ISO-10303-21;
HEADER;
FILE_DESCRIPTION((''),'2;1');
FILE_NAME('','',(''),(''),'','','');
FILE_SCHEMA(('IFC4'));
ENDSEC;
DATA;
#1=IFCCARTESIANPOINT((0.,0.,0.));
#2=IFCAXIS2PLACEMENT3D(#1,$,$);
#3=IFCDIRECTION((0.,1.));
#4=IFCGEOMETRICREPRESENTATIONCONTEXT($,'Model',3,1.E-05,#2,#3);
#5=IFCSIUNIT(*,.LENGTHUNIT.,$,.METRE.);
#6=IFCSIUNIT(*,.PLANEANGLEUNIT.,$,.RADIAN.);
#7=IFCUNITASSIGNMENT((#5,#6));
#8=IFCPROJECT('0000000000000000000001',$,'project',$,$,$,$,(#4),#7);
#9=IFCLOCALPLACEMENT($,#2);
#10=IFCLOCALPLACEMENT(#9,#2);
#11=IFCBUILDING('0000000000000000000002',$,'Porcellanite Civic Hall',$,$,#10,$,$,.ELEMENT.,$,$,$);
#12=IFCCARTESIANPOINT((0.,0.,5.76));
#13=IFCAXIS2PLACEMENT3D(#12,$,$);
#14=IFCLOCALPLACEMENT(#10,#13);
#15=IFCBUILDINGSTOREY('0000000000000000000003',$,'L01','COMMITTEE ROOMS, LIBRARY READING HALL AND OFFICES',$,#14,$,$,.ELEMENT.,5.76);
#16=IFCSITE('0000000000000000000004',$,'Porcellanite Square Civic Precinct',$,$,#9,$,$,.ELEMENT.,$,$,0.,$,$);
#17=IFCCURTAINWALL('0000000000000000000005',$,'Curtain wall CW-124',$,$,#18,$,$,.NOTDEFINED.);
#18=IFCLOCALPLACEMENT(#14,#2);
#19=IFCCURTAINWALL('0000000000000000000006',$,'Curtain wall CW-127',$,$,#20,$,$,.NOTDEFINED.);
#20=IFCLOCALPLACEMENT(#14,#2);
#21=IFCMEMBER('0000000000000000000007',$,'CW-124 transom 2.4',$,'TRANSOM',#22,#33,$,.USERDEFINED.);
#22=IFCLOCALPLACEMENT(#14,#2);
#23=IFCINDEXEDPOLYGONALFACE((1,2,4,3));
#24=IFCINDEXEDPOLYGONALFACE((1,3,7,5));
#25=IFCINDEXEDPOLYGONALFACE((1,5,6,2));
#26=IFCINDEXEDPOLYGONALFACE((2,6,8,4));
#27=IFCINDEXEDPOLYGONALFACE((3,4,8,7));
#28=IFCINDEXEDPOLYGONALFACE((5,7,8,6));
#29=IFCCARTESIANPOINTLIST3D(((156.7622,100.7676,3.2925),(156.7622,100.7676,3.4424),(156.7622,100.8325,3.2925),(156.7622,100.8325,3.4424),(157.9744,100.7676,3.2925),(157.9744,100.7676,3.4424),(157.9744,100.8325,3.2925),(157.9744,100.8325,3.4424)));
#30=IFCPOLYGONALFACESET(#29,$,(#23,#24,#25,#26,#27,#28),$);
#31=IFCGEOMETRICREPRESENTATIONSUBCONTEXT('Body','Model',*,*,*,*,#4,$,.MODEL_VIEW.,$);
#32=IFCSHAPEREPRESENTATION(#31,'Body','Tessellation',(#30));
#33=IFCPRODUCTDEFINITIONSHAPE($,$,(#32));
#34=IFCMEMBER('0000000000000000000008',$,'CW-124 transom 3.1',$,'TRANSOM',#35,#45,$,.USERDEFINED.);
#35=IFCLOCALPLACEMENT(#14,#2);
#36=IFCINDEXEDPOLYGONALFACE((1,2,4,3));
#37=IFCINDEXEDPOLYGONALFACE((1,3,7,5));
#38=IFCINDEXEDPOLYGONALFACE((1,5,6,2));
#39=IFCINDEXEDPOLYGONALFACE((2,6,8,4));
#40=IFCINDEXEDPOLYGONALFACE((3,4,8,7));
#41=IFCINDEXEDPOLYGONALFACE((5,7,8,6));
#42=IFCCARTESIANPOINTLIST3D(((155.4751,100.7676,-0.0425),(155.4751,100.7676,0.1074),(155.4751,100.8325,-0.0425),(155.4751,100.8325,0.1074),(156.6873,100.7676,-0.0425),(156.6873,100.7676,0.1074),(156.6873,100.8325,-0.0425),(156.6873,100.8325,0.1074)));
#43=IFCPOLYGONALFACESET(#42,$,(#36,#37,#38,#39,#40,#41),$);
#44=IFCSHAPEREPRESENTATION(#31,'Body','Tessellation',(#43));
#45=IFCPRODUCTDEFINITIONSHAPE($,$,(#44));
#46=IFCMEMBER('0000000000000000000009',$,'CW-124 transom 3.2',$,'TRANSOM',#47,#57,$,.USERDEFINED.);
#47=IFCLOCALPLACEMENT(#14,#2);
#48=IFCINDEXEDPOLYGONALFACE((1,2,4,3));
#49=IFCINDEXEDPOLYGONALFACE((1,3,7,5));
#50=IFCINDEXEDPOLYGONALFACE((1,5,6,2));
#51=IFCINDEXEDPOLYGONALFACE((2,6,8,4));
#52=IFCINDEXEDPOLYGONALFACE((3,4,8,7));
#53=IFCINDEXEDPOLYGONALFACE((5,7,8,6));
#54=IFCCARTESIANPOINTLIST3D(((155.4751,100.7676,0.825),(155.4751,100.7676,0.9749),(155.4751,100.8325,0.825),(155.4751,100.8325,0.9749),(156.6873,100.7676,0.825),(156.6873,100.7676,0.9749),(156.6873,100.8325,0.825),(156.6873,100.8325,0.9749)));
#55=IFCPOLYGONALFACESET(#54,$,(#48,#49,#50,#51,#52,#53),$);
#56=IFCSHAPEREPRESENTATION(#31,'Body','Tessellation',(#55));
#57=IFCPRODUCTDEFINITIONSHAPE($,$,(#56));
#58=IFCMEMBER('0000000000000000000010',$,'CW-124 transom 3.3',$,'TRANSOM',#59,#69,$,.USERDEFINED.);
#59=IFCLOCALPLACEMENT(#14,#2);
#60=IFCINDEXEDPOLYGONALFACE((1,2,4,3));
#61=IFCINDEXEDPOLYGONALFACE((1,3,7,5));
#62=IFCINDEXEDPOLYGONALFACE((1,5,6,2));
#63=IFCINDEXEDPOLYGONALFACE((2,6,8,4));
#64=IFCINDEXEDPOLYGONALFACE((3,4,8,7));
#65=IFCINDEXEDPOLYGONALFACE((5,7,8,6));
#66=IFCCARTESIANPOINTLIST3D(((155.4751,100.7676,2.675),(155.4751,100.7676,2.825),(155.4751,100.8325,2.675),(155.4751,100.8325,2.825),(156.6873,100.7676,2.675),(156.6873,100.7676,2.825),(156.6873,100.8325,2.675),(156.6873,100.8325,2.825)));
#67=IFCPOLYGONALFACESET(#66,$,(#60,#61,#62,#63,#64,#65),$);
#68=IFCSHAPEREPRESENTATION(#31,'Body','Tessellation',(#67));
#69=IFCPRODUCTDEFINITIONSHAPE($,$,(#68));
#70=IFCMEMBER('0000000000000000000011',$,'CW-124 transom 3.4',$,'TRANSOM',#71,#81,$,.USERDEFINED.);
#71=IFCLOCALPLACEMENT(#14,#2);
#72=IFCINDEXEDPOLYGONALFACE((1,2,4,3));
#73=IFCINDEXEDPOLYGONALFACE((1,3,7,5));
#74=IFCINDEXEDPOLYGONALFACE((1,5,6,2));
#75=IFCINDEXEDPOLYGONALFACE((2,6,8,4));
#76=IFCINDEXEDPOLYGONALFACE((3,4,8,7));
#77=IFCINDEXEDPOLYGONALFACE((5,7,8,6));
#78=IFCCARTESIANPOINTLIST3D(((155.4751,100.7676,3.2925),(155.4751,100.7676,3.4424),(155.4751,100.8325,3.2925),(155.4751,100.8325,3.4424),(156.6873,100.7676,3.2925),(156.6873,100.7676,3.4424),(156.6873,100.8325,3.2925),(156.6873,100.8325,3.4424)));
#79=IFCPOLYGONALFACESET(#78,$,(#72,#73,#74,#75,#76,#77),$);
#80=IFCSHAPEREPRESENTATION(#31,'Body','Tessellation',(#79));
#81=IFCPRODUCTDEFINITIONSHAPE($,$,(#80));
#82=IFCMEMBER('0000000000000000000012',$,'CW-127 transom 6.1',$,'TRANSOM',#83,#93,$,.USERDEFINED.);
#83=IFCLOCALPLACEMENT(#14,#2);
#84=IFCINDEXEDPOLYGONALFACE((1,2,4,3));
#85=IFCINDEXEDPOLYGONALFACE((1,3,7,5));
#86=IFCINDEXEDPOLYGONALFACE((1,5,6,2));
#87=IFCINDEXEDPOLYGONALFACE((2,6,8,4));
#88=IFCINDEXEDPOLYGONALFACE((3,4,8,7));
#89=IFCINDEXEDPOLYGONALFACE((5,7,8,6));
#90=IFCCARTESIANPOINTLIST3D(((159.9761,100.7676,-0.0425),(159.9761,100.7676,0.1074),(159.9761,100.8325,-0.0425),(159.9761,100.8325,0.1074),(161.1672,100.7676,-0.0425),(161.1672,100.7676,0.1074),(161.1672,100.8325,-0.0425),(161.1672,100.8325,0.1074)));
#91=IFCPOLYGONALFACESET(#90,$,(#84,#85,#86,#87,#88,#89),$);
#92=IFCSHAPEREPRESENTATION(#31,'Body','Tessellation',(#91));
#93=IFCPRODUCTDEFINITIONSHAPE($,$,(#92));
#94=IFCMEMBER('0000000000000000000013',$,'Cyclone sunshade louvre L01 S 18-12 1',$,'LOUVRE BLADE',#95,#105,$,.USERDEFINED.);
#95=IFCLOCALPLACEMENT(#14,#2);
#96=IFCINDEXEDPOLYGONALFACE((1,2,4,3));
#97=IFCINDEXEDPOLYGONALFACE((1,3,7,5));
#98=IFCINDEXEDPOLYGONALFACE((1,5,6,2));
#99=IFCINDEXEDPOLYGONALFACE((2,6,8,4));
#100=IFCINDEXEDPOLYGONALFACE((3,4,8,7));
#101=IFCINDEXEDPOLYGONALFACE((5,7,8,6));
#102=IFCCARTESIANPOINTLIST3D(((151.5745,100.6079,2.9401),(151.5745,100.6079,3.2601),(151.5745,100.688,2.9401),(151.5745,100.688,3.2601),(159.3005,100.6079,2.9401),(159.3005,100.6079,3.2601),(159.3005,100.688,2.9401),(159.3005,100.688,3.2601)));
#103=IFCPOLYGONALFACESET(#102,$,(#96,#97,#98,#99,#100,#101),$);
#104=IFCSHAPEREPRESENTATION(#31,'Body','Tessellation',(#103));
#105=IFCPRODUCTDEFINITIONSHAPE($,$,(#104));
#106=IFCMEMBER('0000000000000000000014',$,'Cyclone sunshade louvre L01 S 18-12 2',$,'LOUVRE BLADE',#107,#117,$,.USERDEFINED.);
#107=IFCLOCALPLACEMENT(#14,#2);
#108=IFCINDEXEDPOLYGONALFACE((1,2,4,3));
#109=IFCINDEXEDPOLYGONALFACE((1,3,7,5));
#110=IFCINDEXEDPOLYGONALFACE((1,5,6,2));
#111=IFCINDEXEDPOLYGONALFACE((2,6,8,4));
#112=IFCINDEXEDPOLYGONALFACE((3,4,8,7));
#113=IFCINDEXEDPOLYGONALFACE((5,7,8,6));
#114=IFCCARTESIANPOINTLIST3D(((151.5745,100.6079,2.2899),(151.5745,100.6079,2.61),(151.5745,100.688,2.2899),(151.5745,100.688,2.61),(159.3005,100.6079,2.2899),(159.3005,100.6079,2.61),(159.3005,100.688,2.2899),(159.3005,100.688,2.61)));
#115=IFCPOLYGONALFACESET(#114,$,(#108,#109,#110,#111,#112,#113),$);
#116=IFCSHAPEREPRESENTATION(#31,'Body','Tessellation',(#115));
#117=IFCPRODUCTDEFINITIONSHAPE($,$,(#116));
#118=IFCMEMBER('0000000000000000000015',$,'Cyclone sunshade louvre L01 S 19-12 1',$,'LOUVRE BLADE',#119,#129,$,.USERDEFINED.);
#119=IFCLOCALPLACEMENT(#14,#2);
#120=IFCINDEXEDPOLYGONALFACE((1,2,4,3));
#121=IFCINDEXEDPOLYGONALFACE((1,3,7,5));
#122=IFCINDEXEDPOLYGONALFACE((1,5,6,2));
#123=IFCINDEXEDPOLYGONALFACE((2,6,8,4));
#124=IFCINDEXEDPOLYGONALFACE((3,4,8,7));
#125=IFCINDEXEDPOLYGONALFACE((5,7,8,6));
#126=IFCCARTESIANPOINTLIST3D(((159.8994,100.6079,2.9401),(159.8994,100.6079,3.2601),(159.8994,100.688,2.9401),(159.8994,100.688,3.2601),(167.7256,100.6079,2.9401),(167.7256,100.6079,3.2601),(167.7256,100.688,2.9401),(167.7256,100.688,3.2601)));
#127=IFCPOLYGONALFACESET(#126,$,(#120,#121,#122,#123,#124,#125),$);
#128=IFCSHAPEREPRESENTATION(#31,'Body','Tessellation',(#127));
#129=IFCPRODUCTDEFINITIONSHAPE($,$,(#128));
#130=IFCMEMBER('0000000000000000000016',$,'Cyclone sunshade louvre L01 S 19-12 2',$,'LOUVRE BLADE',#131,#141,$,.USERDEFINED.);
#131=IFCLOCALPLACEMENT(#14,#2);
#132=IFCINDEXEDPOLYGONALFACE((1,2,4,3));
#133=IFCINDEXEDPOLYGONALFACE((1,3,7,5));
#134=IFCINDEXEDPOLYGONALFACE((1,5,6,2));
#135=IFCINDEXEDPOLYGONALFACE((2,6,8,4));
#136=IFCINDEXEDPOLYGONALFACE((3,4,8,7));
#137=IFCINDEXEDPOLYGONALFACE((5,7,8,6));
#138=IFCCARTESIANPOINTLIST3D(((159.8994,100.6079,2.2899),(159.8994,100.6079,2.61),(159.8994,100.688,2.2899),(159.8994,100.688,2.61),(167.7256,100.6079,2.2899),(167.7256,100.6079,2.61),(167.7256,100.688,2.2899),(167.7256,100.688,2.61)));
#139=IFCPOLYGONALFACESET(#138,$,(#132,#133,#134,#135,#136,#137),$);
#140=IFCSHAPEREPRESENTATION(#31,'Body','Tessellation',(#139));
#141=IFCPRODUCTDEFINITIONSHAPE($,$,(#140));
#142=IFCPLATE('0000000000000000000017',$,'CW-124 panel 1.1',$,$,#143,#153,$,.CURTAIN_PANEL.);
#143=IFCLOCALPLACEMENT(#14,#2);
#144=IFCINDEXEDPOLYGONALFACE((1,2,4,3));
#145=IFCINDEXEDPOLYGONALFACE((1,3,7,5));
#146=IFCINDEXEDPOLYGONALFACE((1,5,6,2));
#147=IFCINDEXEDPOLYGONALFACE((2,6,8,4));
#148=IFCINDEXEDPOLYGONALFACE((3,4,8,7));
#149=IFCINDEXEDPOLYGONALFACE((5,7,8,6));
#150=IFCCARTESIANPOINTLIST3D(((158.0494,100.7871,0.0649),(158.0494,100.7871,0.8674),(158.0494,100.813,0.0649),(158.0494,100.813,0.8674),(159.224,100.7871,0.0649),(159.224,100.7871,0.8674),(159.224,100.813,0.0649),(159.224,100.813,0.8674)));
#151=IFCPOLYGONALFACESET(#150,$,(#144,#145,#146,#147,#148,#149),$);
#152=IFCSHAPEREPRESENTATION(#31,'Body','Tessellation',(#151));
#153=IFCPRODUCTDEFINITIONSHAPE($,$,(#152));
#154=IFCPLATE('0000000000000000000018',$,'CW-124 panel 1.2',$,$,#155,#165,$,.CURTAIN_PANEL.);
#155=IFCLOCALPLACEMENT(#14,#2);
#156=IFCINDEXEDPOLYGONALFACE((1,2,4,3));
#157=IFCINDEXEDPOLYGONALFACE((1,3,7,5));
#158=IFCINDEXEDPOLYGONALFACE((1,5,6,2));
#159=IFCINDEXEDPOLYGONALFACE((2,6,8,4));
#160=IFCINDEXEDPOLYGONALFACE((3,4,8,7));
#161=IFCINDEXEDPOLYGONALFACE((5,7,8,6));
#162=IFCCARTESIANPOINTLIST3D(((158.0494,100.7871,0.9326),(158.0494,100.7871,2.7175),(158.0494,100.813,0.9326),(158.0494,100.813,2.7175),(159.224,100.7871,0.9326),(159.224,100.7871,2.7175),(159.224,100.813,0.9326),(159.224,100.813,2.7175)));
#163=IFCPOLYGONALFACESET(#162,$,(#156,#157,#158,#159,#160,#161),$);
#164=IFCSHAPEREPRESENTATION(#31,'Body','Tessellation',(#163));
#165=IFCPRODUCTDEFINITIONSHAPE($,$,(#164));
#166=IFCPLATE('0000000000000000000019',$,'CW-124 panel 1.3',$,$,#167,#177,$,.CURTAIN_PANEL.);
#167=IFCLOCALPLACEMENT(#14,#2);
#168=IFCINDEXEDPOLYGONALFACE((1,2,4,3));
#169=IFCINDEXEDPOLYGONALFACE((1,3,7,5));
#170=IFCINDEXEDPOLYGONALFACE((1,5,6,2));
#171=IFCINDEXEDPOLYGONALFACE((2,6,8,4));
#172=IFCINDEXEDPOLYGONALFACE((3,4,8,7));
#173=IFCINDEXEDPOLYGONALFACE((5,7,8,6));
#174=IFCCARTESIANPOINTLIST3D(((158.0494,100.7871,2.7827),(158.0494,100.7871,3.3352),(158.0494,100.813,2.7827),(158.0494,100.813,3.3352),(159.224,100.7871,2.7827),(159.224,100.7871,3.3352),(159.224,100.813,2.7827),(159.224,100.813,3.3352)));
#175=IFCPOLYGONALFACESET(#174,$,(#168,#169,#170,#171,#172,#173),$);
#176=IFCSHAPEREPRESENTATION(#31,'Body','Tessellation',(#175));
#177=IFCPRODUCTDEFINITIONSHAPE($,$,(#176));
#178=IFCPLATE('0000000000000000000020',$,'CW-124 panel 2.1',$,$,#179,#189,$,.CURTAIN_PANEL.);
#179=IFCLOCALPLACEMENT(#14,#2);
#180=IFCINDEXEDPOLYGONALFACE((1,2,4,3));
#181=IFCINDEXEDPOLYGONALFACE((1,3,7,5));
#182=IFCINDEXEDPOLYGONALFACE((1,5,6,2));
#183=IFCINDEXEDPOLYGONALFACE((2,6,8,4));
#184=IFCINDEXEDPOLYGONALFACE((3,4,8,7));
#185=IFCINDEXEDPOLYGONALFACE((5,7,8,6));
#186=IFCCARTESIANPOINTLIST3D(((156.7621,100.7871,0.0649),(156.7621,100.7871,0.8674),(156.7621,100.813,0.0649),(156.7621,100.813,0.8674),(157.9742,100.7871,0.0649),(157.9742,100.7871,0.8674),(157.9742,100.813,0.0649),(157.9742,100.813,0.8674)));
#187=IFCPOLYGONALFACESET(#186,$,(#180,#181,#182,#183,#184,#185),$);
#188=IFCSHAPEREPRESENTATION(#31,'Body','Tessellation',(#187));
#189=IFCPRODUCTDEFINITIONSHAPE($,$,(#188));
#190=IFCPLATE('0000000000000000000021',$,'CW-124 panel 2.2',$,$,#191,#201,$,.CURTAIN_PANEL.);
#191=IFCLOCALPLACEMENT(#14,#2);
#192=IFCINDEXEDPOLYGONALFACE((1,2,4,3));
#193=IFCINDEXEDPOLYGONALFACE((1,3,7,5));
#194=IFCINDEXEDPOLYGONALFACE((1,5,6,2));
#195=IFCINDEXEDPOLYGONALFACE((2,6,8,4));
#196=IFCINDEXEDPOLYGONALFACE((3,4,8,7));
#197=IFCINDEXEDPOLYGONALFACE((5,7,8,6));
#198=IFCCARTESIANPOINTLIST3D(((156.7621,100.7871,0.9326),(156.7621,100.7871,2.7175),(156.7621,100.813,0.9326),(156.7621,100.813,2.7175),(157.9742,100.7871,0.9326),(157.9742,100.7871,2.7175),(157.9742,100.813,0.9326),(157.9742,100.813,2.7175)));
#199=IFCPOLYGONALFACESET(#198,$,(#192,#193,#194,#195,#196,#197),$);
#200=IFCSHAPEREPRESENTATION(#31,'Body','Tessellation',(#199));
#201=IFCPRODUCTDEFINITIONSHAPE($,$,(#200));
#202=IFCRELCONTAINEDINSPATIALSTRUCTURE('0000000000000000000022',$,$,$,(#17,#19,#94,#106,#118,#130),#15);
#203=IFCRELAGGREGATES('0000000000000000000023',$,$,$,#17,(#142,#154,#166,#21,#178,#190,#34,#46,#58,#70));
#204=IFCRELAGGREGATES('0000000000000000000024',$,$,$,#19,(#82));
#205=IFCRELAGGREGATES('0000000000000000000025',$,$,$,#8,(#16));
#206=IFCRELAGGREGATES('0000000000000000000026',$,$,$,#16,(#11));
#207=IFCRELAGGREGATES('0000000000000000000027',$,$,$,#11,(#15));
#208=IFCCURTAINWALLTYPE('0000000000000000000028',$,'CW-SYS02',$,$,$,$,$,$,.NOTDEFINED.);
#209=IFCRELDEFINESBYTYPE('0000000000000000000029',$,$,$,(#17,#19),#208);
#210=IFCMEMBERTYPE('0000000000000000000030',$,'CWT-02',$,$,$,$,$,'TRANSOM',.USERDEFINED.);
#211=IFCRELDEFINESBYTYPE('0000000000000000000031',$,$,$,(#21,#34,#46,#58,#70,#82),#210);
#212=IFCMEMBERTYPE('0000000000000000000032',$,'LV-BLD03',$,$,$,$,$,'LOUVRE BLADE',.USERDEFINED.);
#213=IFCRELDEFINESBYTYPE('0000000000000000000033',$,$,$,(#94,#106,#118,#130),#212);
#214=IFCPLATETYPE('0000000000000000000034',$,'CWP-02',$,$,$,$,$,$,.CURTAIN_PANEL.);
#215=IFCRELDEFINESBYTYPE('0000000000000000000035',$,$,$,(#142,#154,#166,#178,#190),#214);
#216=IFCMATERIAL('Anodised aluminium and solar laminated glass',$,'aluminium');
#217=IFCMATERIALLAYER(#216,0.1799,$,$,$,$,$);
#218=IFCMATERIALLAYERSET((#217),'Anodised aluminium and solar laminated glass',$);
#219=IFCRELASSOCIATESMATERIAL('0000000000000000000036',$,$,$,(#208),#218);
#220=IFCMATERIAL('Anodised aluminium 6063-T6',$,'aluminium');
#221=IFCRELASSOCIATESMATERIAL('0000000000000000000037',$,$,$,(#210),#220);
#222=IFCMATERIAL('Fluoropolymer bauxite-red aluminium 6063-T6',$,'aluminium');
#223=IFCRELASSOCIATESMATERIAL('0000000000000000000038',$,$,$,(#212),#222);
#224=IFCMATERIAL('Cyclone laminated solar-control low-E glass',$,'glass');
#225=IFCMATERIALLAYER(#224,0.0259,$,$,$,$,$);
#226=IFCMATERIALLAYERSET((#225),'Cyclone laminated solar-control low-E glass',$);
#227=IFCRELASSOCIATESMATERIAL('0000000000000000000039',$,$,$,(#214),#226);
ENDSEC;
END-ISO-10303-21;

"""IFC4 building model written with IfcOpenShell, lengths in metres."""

from ifc_helpers import new_model, si_unit, direction, frame, origin, origin_2d, place, context, subcontext, project, spatial, rectangle, extrude, material, layer, layer_set, material_profile, profile_set, type_object, element, aggregate, save


model = new_model("IFC4")

# Units and contexts
model_context = context("Model", 3, precision=1e-05, world=origin(), true_north=direction((0.0, 1.0)))
body_context = subcontext(model_context, "Body", "Model", "MODEL_VIEW")
ifc_project = project(units=[si_unit("LENGTHUNIT", "METRE"), si_unit("PLANEANGLEUNIT", "RADIAN")], contexts=[model_context])

# Site, building, storey
site_placement = place(None, origin())
site = spatial("IfcSite", under=ifc_project, at=site_placement, Name="Porcellanite Square Civic Precinct", CompositionType="ELEMENT", RefElevation=0.0)
building_placement = place(site_placement, origin())
building = spatial("IfcBuilding", under=site, at=building_placement, Name="Porcellanite Civic Hall", CompositionType="ELEMENT")
storey_placement = place(building_placement, frame((0.0, 0.0, 5.76)))
storey = spatial("IfcBuildingStorey", under=building, at=storey_placement, Name="L01", Description="COMMITTEE ROOMS, LIBRARY READING HALL AND OFFICES", CompositionType="ELEMENT", Elevation=5.76)

# Curtain wall
ifc_material_1 = material(Name="Anodised aluminium and solar laminated glass", Category="aluminium")
ifc_layer_1 = layer(ifc_material_1, 0.1799)
ifc_layer_set_1 = layer_set([ifc_layer_1], Name="Anodised aluminium and solar laminated glass")
curtain_wall_type = type_object("IfcCurtainWallType", Name="CW-SYS02", PredefinedType="NOTDEFINED", material=ifc_layer_set_1)
curtain_wall_1_placement = place(storey_placement, origin())
curtain_wall_1 = element("IfcCurtainWall", 1, at=curtain_wall_1_placement, inside=storey, type_object=curtain_wall_type, Name="Curtain wall CW-124", PredefinedType="NOTDEFINED")

# Curtain wall
curtain_wall_2_placement = place(storey_placement, origin())
curtain_wall_2 = element("IfcCurtainWall", 2, at=curtain_wall_2_placement, inside=storey, type_object=curtain_wall_type, Name="Curtain wall CW-127", PredefinedType="NOTDEFINED")

# Members
ifc_material_2 = material(Name="Anodised aluminium 6063-T6", Category="aluminium")
ifc_material_profile_1 = material_profile(ifc_material_2, rectangle(XDim=0.0649, YDim=0.1499, at=origin_2d()), Name="AL-65x150")
ifc_profile_set_1 = profile_set([ifc_material_profile_1], Name="Anodised aluminium 6063-T6")
member_type_1 = type_object("IfcMemberType", Name="CWT-02", ElementType="TRANSOM", PredefinedType="USERDEFINED", material=ifc_profile_set_1)
member_1_placement = place(storey_placement, frame((157.9744, 100.8, 3.3674), z_axis=(-1.0, 0.0, 0.0), x_axis=(0.0, -1.0, 0.0)))
member_1 = element("IfcMember", 3, at=member_1_placement, type_object=member_type_1, Name="CW-124 transom 2.4", ObjectType="TRANSOM", PredefinedType="USERDEFINED", context=body_context, shape_type="SweptSolid", body=[
    extrude(rectangle(XDim=0.0649, YDim=0.1499, at=origin_2d()), origin(), (0.0, 0.0, 1.0), 1.2122),
])
member_2_placement = place(storey_placement, frame((156.6873, 100.8, 0.0325), z_axis=(-1.0, 0.0, 0.0), x_axis=(0.0, -1.0, 0.0)))
member_2 = element("IfcMember", 4, at=member_2_placement, type_object=member_type_1, Name="CW-124 transom 3.1", ObjectType="TRANSOM", PredefinedType="USERDEFINED", context=body_context, shape_type="SweptSolid", body=[
    extrude(rectangle(XDim=0.0649, YDim=0.1499, at=origin_2d()), origin(), (0.0, 0.0, 1.0), 1.2122),
])
member_3_placement = place(storey_placement, frame((156.6873, 100.8, 0.8999), z_axis=(-1.0, 0.0, 0.0), x_axis=(0.0, -1.0, 0.0)))
member_3 = element("IfcMember", 5, at=member_3_placement, type_object=member_type_1, Name="CW-124 transom 3.2", ObjectType="TRANSOM", PredefinedType="USERDEFINED", context=body_context, shape_type="SweptSolid", body=[
    extrude(rectangle(XDim=0.0649, YDim=0.1499, at=origin_2d()), origin(), (0.0, 0.0, 1.0), 1.2122),
])
member_4_placement = place(storey_placement, frame((156.6873, 100.8, 2.75), z_axis=(-1.0, 0.0, 0.0), x_axis=(0.0, -1.0, 0.0)))
member_4 = element("IfcMember", 6, at=member_4_placement, type_object=member_type_1, Name="CW-124 transom 3.3", ObjectType="TRANSOM", PredefinedType="USERDEFINED", context=body_context, shape_type="SweptSolid", body=[
    extrude(rectangle(XDim=0.0649, YDim=0.1499, at=origin_2d()), origin(), (0.0, 0.0, 1.0), 1.2122),
])
member_5_placement = place(storey_placement, frame((156.6873, 100.8, 3.3674), z_axis=(-1.0, 0.0, 0.0), x_axis=(0.0, -1.0, 0.0)))
member_5 = element("IfcMember", 7, at=member_5_placement, type_object=member_type_1, Name="CW-124 transom 3.4", ObjectType="TRANSOM", PredefinedType="USERDEFINED", context=body_context, shape_type="SweptSolid", body=[
    extrude(rectangle(XDim=0.0649, YDim=0.1499, at=origin_2d()), origin(), (0.0, 0.0, 1.0), 1.2122),
])
member_6_placement = place(storey_placement, frame((161.1672, 100.8, 0.0325), z_axis=(-1.0, 0.0, 0.0), x_axis=(0.0, -1.0, 0.0)))
member_6 = element("IfcMember", 8, at=member_6_placement, type_object=member_type_1, Name="CW-127 transom 6.1", ObjectType="TRANSOM", PredefinedType="USERDEFINED", context=body_context, shape_type="SweptSolid", body=[
    extrude(rectangle(XDim=0.0649, YDim=0.1499, at=origin_2d()), origin(), (0.0, 0.0, 1.0), 1.1912),
])

# Members
ifc_material_3 = material(Name="Fluoropolymer bauxite-red aluminium 6063-T6", Category="aluminium")
ifc_material_profile_2 = material_profile(ifc_material_3, rectangle(XDim=0.0801, YDim=0.3201, at=origin_2d()), Name="AL-80x320")
ifc_profile_set_2 = profile_set([ifc_material_profile_2], Name="Fluoropolymer bauxite-red aluminium 6063-T6")
member_type_2 = type_object("IfcMemberType", Name="LV-BLD03", ElementType="LOUVRE BLADE", PredefinedType="USERDEFINED", material=ifc_profile_set_2)
for number, where, z_axis, x_axis, name in (
    (9, (159.3005, 100.6479, 3.1001), (-1.0, 0.0, 0.0), (0.0, -1.0, 0.0), "Cyclone sunshade louvre L01 S 18-12 1"),
    (10, (159.3005, 100.6479, 2.45), (-1.0, 0.0, 0.0), (0.0, -1.0, 0.0), "Cyclone sunshade louvre L01 S 18-12 2"),
):
    element("IfcMember", number, at=place(storey_placement, frame(where, z_axis=z_axis, x_axis=x_axis)), inside=storey, type_object=member_type_2, Name=name, ObjectType="LOUVRE BLADE", PredefinedType="USERDEFINED", context=body_context, shape_type="SweptSolid", body=[
        extrude(rectangle(XDim=0.0801, YDim=0.3201, at=origin_2d()), origin(), (0.0, 0.0, 1.0), 7.7261),
    ])
for number, where, z_axis, x_axis, name in (
    (11, (167.7256, 100.6479, 3.1001), (-1.0, 0.0, 0.0), (0.0, -1.0, 0.0), "Cyclone sunshade louvre L01 S 19-12 1"),
    (12, (167.7256, 100.6479, 2.45), (-1.0, 0.0, 0.0), (0.0, -1.0, 0.0), "Cyclone sunshade louvre L01 S 19-12 2"),
):
    element("IfcMember", number, at=place(storey_placement, frame(where, z_axis=z_axis, x_axis=x_axis)), inside=storey, type_object=member_type_2, Name=name, ObjectType="LOUVRE BLADE", PredefinedType="USERDEFINED", context=body_context, shape_type="SweptSolid", body=[
        extrude(rectangle(XDim=0.0801, YDim=0.3201, at=origin_2d()), origin(), (0.0, 0.0, 1.0), 7.8262),
    ])

# Plates
ifc_material_4 = material(Name="Cyclone laminated solar-control low-E glass", Category="glass")
ifc_layer_2 = layer(ifc_material_4, 0.0259)
ifc_layer_set_2 = layer_set([ifc_layer_2], Name="Cyclone laminated solar-control low-E glass")
plate_type = type_object("IfcPlateType", Name="CWP-02", PredefinedType="CURTAIN_PANEL", material=ifc_layer_set_2)
plate_1_placement = place(storey_placement, frame((158.6367, 100.8, 0.0649), z_axis=(0.0, 0.0, 1.0), x_axis=(-1.0, 0.0, 0.0)))
plate_1 = element("IfcPlate", 13, at=plate_1_placement, type_object=plate_type, Name="CW-124 panel 1.1", PredefinedType="CURTAIN_PANEL", context=body_context, shape_type="SweptSolid", body=[
    extrude(rectangle(XDim=1.1746, YDim=0.0259, at=origin_2d()), origin(), (0.0, 0.0, 1.0), 0.8025),
])
plate_2_placement = place(storey_placement, frame((158.6367, 100.8, 0.9326), z_axis=(0.0, 0.0, 1.0), x_axis=(-1.0, 0.0, 0.0)))
plate_2 = element("IfcPlate", 14, at=plate_2_placement, type_object=plate_type, Name="CW-124 panel 1.2", PredefinedType="CURTAIN_PANEL", context=body_context, shape_type="SweptSolid", body=[
    extrude(rectangle(XDim=1.1746, YDim=0.0259, at=origin_2d()), origin(), (0.0, 0.0, 1.0), 1.7849),
])
plate_3_placement = place(storey_placement, frame((158.6367, 100.8, 2.7827), z_axis=(0.0, 0.0, 1.0), x_axis=(-1.0, 0.0, 0.0)))
plate_3 = element("IfcPlate", 15, at=plate_3_placement, type_object=plate_type, Name="CW-124 panel 1.3", PredefinedType="CURTAIN_PANEL", context=body_context, shape_type="SweptSolid", body=[
    extrude(rectangle(XDim=1.1746, YDim=0.0259, at=origin_2d()), origin(), (0.0, 0.0, 1.0), 0.5525),
])
plate_4_placement = place(storey_placement, frame((157.3682, 100.8, 0.0649), z_axis=(0.0, 0.0, 1.0), x_axis=(-1.0, 0.0, 0.0)))
plate_4 = element("IfcPlate", 16, at=plate_4_placement, type_object=plate_type, Name="CW-124 panel 2.1", PredefinedType="CURTAIN_PANEL", context=body_context, shape_type="SweptSolid", body=[
    extrude(rectangle(XDim=1.2122, YDim=0.0259, at=origin_2d()), origin(), (0.0, 0.0, 1.0), 0.8025),
])
plate_5_placement = place(storey_placement, frame((157.3682, 100.8, 0.9326), z_axis=(0.0, 0.0, 1.0), x_axis=(-1.0, 0.0, 0.0)))
plate_5 = element("IfcPlate", 17, at=plate_5_placement, type_object=plate_type, Name="CW-124 panel 2.2", PredefinedType="CURTAIN_PANEL", context=body_context, shape_type="SweptSolid", body=[
    extrude(rectangle(XDim=1.2122, YDim=0.0259, at=origin_2d()), origin(), (0.0, 0.0, 1.0), 1.7849),
])
aggregate(curtain_wall_1, [plate_1, plate_2, plate_3, member_1, plate_4, plate_5, member_2, member_3, member_4, member_5])
aggregate(curtain_wall_2, [member_6])

save(model, "model.ifc")
